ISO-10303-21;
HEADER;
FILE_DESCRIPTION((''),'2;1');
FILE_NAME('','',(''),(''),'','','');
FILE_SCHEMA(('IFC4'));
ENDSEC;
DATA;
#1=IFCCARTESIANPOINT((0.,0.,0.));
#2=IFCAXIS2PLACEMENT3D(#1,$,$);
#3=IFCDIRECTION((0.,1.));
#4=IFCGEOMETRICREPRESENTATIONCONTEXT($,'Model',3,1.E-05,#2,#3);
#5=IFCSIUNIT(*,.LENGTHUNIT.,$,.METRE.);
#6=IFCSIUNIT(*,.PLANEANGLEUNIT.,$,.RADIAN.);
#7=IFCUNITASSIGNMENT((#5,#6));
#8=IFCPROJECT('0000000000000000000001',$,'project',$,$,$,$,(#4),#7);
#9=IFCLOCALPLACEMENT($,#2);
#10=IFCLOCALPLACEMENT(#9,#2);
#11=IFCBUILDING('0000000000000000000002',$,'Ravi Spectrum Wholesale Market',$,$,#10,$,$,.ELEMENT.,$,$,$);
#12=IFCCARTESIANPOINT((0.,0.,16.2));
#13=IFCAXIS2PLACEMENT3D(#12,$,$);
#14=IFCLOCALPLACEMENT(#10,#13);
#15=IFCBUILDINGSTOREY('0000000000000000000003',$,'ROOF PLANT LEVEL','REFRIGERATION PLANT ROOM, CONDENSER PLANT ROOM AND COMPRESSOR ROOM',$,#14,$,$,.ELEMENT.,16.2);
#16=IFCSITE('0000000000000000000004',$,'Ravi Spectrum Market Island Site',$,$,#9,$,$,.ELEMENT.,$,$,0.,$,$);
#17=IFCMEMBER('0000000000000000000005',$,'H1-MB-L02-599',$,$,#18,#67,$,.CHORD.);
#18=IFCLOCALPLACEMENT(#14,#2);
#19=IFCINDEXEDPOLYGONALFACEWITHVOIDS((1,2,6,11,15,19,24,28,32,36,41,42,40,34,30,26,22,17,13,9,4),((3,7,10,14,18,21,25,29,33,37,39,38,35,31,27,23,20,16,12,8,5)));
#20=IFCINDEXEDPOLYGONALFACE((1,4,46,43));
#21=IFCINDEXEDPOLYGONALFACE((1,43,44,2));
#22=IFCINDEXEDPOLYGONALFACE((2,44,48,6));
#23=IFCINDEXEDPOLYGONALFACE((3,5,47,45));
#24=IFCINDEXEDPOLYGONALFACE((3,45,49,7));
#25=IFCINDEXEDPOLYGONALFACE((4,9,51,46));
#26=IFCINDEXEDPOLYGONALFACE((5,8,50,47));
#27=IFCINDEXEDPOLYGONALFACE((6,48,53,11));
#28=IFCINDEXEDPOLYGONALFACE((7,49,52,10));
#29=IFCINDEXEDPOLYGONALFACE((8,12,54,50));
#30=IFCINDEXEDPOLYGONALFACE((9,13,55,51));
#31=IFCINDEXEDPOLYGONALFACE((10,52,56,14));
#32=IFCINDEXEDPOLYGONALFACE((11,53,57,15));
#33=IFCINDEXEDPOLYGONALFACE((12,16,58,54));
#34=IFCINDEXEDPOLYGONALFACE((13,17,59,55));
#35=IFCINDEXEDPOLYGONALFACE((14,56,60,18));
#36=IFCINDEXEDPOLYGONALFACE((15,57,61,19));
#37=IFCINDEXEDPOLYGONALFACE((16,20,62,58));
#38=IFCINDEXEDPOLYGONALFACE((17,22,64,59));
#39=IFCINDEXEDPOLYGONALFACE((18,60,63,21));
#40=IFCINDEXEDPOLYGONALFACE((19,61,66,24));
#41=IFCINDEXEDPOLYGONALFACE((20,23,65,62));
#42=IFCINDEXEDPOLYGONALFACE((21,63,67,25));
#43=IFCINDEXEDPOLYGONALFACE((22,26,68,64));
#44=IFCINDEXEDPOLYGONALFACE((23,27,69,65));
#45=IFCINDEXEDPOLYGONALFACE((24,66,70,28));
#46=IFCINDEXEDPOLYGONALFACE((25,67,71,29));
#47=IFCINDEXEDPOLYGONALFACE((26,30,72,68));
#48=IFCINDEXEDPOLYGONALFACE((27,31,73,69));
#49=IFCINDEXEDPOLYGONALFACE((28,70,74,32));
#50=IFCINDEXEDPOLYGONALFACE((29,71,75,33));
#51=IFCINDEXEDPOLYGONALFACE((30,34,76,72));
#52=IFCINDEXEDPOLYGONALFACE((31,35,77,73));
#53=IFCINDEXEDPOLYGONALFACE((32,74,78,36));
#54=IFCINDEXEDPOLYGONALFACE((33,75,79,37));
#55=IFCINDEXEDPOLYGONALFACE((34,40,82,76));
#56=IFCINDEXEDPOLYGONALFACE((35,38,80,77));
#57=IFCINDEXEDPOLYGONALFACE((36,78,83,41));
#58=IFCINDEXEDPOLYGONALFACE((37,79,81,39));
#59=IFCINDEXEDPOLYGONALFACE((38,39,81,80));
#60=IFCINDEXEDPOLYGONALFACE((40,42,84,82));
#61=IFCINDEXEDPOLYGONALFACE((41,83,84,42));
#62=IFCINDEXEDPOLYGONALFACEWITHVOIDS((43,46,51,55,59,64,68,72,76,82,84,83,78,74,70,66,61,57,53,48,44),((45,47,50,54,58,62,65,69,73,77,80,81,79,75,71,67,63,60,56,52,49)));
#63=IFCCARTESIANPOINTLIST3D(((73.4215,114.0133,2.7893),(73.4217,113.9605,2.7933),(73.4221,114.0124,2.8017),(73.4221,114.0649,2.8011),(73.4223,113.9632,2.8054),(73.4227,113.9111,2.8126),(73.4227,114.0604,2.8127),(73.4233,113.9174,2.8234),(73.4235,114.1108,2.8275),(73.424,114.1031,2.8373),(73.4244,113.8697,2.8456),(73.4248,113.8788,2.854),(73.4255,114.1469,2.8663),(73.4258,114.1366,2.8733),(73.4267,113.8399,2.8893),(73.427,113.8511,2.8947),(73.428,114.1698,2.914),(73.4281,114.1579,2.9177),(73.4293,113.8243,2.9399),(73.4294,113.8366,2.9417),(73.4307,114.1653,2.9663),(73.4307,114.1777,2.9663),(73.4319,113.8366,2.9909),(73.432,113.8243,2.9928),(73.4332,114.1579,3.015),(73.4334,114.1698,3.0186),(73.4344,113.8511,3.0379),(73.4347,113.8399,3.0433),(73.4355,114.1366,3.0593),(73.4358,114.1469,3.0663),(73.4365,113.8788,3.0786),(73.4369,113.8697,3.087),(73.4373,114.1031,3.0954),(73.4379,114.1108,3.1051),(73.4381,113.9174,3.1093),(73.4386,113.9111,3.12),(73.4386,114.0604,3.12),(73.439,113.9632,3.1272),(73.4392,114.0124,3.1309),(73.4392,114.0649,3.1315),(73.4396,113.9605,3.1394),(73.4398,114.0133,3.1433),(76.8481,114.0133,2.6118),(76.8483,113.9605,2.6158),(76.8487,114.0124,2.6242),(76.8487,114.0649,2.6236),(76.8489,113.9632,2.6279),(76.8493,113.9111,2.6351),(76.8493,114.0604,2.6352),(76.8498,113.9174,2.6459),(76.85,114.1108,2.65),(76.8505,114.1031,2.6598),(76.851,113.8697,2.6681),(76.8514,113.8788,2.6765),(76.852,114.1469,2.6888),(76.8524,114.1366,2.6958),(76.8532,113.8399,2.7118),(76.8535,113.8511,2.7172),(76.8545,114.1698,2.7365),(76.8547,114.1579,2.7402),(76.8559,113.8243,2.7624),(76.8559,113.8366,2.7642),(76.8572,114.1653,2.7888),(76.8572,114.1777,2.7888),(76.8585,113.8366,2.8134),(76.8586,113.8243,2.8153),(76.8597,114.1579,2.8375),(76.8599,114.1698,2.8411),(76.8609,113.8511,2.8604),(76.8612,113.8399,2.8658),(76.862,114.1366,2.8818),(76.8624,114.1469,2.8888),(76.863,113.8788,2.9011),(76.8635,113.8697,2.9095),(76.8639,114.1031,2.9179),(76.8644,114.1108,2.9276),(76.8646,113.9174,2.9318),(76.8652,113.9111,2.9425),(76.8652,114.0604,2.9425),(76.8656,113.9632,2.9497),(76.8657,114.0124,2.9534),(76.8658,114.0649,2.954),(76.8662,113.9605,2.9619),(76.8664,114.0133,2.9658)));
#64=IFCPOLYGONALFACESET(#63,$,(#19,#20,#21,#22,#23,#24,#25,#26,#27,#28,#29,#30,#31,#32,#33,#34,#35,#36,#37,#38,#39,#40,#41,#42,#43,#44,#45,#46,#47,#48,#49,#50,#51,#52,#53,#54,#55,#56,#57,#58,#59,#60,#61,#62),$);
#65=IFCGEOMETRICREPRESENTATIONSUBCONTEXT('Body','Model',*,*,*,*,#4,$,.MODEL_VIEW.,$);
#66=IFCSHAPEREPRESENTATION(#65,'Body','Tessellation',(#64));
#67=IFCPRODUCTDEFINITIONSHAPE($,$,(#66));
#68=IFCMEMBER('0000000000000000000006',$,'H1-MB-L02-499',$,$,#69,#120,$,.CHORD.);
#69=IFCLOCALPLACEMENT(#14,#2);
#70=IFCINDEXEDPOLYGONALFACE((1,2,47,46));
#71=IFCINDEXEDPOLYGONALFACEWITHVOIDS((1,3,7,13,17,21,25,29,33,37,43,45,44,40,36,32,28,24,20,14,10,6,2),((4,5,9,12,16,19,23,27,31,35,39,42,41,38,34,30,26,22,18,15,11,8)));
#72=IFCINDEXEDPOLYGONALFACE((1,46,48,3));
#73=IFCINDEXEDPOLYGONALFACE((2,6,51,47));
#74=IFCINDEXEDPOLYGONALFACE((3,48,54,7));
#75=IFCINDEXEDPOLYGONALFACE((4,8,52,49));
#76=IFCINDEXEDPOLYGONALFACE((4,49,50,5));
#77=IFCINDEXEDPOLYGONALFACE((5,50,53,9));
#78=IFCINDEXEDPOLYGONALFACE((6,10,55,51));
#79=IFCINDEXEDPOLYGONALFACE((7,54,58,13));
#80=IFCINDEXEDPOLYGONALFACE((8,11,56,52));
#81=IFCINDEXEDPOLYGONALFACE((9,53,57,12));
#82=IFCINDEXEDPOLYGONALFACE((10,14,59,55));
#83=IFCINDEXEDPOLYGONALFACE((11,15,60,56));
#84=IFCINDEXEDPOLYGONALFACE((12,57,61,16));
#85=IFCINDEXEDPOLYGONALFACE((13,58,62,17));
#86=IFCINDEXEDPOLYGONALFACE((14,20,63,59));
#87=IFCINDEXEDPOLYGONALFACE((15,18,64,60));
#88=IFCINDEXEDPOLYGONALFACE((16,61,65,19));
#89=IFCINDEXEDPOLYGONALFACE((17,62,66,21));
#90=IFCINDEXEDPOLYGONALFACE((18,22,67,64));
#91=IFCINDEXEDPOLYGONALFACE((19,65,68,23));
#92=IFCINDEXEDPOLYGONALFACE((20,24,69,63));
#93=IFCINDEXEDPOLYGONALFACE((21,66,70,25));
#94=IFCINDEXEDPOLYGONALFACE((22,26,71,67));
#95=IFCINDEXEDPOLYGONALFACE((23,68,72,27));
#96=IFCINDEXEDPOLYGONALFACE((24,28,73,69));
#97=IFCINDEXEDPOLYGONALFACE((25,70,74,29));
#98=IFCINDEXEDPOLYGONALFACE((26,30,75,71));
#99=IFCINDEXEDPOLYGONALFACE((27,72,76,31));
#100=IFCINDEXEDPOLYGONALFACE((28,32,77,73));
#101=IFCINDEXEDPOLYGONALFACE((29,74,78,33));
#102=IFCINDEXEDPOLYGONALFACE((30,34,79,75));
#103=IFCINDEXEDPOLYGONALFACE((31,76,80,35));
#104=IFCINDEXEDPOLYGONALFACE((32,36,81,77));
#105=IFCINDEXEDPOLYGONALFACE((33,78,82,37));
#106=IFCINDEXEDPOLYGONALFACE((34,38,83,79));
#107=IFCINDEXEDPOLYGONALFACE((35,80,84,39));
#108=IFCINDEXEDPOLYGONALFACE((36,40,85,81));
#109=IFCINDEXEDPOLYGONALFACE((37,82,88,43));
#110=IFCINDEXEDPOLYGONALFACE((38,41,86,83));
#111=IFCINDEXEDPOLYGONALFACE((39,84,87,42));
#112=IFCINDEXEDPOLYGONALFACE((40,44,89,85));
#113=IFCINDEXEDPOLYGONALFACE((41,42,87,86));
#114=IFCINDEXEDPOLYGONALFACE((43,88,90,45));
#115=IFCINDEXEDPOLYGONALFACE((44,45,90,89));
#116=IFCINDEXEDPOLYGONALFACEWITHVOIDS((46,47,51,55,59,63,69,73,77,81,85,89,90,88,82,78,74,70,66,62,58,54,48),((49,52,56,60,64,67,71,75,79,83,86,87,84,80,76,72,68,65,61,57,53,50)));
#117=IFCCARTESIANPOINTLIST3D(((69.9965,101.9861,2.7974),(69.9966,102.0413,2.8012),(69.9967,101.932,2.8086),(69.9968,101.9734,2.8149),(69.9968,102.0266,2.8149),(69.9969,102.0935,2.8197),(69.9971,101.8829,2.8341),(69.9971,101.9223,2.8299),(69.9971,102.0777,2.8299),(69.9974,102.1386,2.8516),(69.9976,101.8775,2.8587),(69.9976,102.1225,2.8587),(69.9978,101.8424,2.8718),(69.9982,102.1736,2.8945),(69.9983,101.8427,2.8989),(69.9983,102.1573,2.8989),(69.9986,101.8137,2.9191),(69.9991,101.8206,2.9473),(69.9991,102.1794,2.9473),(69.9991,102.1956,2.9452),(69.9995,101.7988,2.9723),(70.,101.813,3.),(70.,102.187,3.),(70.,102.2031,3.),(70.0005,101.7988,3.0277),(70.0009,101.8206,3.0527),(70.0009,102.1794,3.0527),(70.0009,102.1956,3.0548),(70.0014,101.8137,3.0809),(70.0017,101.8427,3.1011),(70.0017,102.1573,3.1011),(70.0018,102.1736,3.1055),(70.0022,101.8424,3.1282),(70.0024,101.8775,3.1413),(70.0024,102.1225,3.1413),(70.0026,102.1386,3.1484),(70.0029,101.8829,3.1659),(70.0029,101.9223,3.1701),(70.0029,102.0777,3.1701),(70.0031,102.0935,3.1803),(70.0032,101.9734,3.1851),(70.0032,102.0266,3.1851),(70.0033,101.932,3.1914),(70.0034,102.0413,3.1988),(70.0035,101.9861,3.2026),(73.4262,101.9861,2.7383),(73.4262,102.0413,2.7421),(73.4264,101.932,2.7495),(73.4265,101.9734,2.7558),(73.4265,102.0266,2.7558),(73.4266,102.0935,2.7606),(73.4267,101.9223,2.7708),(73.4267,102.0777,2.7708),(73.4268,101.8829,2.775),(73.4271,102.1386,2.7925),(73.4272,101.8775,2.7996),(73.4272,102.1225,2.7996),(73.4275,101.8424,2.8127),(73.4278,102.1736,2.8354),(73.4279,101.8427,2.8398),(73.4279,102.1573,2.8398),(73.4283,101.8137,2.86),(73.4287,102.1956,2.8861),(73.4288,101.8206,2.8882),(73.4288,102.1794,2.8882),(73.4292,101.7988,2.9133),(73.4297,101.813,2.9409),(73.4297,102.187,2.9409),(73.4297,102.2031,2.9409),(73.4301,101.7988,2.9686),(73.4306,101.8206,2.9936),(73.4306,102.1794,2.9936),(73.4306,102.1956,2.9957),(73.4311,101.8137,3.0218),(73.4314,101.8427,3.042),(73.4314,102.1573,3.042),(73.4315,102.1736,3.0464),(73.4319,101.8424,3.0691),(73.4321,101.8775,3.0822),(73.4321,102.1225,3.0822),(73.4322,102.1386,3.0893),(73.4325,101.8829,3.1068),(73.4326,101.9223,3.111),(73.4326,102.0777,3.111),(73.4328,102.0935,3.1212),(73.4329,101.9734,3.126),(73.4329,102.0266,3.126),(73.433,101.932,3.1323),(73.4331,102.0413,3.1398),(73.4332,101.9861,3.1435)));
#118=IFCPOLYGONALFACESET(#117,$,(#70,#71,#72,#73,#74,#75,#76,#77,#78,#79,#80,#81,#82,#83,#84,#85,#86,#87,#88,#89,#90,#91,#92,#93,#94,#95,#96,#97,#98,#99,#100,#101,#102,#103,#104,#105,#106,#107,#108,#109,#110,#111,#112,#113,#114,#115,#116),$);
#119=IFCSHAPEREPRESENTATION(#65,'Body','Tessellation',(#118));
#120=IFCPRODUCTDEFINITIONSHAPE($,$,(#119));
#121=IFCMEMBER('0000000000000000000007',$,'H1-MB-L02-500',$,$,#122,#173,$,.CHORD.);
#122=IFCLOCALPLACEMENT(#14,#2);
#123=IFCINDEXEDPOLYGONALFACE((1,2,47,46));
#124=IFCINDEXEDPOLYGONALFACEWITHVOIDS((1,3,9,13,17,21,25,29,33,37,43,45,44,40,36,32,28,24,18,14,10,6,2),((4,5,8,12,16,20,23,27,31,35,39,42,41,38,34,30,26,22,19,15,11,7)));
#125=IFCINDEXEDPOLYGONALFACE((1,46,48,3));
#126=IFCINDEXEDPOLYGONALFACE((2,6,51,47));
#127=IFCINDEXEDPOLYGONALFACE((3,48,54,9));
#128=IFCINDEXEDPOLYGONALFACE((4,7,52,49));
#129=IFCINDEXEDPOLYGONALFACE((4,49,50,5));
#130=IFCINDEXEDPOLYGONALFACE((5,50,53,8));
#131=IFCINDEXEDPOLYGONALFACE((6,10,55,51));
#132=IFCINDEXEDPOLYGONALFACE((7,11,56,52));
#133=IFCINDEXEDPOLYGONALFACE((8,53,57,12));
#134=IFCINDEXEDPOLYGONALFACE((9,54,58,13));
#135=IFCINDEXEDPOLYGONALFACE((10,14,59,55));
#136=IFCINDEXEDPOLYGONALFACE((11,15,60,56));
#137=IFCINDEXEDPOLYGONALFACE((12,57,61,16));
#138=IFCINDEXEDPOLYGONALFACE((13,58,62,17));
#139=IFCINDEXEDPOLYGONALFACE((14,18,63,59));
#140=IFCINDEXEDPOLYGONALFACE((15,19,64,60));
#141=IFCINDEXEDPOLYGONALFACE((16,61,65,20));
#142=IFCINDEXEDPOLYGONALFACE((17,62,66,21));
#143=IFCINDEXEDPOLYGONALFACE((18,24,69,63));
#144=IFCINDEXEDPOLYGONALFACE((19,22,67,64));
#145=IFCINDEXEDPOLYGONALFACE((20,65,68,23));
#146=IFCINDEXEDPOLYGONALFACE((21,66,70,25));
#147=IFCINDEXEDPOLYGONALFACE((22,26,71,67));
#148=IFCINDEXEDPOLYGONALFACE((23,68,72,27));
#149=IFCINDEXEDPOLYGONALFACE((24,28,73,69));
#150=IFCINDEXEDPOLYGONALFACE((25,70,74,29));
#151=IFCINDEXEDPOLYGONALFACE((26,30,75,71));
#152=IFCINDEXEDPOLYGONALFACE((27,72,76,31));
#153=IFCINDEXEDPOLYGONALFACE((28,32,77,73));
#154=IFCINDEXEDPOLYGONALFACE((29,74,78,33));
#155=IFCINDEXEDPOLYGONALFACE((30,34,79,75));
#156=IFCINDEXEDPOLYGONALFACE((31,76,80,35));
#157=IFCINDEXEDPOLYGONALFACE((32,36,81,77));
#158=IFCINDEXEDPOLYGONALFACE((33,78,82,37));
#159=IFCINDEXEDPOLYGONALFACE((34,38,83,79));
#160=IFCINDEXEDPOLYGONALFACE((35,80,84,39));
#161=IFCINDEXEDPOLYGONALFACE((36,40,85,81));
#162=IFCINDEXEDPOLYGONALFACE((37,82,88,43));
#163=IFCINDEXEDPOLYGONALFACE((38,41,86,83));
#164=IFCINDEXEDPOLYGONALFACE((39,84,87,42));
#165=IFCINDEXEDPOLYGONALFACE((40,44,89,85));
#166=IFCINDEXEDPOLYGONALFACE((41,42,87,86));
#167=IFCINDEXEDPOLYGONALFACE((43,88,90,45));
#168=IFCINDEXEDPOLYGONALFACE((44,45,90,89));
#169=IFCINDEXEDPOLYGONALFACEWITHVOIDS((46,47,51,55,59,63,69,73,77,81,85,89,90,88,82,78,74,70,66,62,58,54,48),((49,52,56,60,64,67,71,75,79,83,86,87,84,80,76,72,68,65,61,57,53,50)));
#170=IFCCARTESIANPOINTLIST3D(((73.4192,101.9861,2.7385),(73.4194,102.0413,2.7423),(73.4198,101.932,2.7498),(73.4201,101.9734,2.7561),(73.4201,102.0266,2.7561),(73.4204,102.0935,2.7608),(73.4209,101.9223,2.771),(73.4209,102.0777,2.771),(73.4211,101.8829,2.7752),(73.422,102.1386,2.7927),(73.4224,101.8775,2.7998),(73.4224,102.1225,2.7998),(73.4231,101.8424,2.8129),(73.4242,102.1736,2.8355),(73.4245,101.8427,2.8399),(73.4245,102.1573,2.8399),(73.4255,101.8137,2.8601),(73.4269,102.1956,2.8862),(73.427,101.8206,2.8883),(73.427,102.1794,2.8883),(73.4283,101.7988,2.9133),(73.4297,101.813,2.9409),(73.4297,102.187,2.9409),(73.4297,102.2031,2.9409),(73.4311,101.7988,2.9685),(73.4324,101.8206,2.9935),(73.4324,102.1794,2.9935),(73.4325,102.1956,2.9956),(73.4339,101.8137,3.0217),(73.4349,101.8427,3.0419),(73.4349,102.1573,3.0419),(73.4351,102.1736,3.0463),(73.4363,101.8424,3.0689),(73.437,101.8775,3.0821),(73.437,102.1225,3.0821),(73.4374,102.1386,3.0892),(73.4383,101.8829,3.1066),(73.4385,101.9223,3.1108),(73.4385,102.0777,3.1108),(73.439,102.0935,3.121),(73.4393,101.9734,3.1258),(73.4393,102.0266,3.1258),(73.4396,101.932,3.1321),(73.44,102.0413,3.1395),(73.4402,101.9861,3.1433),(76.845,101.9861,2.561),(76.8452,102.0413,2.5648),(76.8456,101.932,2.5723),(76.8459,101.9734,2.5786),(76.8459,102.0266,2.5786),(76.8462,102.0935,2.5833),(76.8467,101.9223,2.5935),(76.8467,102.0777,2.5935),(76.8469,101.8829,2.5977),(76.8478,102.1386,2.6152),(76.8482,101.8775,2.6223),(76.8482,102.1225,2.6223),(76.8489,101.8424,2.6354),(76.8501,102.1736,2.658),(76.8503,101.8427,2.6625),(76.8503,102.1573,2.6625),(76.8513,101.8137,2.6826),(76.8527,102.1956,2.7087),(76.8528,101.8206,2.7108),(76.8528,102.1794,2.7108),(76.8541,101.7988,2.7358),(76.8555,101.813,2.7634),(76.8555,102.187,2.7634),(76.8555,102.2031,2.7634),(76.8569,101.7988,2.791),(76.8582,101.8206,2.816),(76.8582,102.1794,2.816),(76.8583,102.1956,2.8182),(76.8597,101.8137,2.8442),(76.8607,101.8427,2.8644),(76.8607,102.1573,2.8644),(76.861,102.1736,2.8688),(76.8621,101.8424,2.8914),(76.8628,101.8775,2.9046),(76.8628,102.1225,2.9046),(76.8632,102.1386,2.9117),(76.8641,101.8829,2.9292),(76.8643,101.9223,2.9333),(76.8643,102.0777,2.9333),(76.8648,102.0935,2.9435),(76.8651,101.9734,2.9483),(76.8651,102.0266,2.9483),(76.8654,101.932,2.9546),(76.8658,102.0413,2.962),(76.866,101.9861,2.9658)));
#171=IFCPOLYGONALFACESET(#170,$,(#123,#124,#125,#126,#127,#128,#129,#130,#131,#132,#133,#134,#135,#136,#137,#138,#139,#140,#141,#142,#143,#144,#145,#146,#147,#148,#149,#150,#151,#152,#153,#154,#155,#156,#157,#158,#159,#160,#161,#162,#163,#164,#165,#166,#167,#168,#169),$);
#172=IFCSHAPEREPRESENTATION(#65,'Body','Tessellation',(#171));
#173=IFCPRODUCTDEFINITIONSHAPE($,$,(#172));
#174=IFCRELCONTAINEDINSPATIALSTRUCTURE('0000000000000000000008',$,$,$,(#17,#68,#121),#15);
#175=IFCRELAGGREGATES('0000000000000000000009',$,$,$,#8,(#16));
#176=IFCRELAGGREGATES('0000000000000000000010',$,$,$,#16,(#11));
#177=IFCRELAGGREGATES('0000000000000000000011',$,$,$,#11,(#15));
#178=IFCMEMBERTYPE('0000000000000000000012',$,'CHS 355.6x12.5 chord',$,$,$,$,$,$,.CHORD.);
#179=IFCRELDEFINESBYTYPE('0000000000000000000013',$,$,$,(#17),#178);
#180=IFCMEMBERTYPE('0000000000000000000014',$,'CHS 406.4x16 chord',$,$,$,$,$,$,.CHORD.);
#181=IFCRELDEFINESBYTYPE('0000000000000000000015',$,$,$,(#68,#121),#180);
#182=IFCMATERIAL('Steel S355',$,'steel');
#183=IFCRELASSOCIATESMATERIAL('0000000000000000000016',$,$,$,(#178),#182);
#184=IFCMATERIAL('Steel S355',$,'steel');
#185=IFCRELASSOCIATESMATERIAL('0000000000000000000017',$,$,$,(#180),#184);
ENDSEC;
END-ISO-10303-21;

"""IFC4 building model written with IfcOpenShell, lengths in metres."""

from ifc_helpers import new_model, si_unit, direction, frame, origin, origin_2d, place, context, subcontext, project, spatial, hollow_circle, extrude, material, material_profile, profile_set, type_object, element, save


model = new_model("IFC4")

# Units and contexts
model_context = context("Model", 3, precision=1e-05, world=origin(), true_north=direction((0.0, 1.0)))
body_context = subcontext(model_context, "Body", "Model", "MODEL_VIEW")
ifc_project = project(units=[si_unit("LENGTHUNIT", "METRE"), si_unit("PLANEANGLEUNIT", "RADIAN")], contexts=[model_context])

# Site, building, storey
site_placement = place(None, origin())
site = spatial("IfcSite", under=ifc_project, at=site_placement, Name="Ravi Spectrum Market Island Site", CompositionType="ELEMENT", RefElevation=0.0)
building_placement = place(site_placement, origin())
building = spatial("IfcBuilding", under=site, at=building_placement, Name="Ravi Spectrum Wholesale Market", CompositionType="ELEMENT")
storey_placement = place(building_placement, frame((0.0, 0.0, 16.2)))
storey = spatial("IfcBuildingStorey", under=building, at=storey_placement, Name="ROOF PLANT LEVEL", Description="REFRIGERATION PLANT ROOM, CONDENSER PLANT ROOM AND COMPRESSOR ROOM", CompositionType="ELEMENT", Elevation=16.2)

# Members
ifc_material_1 = material(Name="Steel S355", Category="steel")
ifc_material_profile_1 = material_profile(ifc_material_1, hollow_circle(Radius=0.1777, WallThickness=0.0125, at=origin_2d()))
ifc_profile_set_1 = profile_set([ifc_material_profile_1], Name="Steel S355")
member_type_1 = type_object("IfcMemberType", Name="CHS 355.6x12.5 chord", PredefinedType="CHORD", material=ifc_profile_set_1)
for number, where, z_axis, x_axis, name in (
    (1, (73.4307, 114.0, 2.9663), (0.998661, 0.0, -0.05173), (0.0, 1.0, 0.0), "H1-MB-L02-599"),
):
    element("IfcMember", number, at=place(storey_placement, frame(where, z_axis=z_axis, x_axis=x_axis)), inside=storey, type_object=member_type_1, Name=name, PredefinedType="CHORD", context=body_context, shape_type="SweptSolid", body=[
        extrude(hollow_circle(Radius=0.1777, WallThickness=0.0125, at=origin_2d()), origin(), (0.0, 0.0, 1.0), 3.4312),
    ])
ifc_material_2 = material(Name="Steel S355", Category="steel")
ifc_material_profile_2 = material_profile(ifc_material_2, hollow_circle(Radius=0.2031, WallThickness=0.0161, at=origin_2d()))
ifc_profile_set_2 = profile_set([ifc_material_profile_2], Name="Steel S355")
member_type_2 = type_object("IfcMemberType", Name="CHS 406.4x16 chord", PredefinedType="CHORD", material=ifc_profile_set_2)
member_1_placement = place(storey_placement, frame((70.0, 102.0, 3.0), z_axis=(0.999852, 0.0, -0.017224), x_axis=(0.0, 1.0, 0.0)))
element("IfcMember", 2, at=member_1_placement, inside=storey, type_object=member_type_2, Name="H1-MB-L02-499", PredefinedType="CHORD", context=body_context, shape_type="SweptSolid", body=[
    extrude(hollow_circle(Radius=0.2031, WallThickness=0.0161, at=origin_2d()), origin(), (0.0, 0.0, 1.0), 3.4302),
])
for number, where, z_axis, x_axis, name in (
    (3, (73.4297, 102.0, 2.9409), (0.998661, 0.0, -0.051741), (0.0, 1.0, 0.0), "H1-MB-L02-500"),
):
    element("IfcMember", number, at=place(storey_placement, frame(where, z_axis=z_axis, x_axis=x_axis)), inside=storey, type_object=member_type_2, Name=name, PredefinedType="CHORD", context=body_context, shape_type="SweptSolid", body=[
        extrude(hollow_circle(Radius=0.2031, WallThickness=0.0161, at=origin_2d()), origin(), (0.0, 0.0, 1.0), 3.4304),
    ])

save(model, "model.ifc")
